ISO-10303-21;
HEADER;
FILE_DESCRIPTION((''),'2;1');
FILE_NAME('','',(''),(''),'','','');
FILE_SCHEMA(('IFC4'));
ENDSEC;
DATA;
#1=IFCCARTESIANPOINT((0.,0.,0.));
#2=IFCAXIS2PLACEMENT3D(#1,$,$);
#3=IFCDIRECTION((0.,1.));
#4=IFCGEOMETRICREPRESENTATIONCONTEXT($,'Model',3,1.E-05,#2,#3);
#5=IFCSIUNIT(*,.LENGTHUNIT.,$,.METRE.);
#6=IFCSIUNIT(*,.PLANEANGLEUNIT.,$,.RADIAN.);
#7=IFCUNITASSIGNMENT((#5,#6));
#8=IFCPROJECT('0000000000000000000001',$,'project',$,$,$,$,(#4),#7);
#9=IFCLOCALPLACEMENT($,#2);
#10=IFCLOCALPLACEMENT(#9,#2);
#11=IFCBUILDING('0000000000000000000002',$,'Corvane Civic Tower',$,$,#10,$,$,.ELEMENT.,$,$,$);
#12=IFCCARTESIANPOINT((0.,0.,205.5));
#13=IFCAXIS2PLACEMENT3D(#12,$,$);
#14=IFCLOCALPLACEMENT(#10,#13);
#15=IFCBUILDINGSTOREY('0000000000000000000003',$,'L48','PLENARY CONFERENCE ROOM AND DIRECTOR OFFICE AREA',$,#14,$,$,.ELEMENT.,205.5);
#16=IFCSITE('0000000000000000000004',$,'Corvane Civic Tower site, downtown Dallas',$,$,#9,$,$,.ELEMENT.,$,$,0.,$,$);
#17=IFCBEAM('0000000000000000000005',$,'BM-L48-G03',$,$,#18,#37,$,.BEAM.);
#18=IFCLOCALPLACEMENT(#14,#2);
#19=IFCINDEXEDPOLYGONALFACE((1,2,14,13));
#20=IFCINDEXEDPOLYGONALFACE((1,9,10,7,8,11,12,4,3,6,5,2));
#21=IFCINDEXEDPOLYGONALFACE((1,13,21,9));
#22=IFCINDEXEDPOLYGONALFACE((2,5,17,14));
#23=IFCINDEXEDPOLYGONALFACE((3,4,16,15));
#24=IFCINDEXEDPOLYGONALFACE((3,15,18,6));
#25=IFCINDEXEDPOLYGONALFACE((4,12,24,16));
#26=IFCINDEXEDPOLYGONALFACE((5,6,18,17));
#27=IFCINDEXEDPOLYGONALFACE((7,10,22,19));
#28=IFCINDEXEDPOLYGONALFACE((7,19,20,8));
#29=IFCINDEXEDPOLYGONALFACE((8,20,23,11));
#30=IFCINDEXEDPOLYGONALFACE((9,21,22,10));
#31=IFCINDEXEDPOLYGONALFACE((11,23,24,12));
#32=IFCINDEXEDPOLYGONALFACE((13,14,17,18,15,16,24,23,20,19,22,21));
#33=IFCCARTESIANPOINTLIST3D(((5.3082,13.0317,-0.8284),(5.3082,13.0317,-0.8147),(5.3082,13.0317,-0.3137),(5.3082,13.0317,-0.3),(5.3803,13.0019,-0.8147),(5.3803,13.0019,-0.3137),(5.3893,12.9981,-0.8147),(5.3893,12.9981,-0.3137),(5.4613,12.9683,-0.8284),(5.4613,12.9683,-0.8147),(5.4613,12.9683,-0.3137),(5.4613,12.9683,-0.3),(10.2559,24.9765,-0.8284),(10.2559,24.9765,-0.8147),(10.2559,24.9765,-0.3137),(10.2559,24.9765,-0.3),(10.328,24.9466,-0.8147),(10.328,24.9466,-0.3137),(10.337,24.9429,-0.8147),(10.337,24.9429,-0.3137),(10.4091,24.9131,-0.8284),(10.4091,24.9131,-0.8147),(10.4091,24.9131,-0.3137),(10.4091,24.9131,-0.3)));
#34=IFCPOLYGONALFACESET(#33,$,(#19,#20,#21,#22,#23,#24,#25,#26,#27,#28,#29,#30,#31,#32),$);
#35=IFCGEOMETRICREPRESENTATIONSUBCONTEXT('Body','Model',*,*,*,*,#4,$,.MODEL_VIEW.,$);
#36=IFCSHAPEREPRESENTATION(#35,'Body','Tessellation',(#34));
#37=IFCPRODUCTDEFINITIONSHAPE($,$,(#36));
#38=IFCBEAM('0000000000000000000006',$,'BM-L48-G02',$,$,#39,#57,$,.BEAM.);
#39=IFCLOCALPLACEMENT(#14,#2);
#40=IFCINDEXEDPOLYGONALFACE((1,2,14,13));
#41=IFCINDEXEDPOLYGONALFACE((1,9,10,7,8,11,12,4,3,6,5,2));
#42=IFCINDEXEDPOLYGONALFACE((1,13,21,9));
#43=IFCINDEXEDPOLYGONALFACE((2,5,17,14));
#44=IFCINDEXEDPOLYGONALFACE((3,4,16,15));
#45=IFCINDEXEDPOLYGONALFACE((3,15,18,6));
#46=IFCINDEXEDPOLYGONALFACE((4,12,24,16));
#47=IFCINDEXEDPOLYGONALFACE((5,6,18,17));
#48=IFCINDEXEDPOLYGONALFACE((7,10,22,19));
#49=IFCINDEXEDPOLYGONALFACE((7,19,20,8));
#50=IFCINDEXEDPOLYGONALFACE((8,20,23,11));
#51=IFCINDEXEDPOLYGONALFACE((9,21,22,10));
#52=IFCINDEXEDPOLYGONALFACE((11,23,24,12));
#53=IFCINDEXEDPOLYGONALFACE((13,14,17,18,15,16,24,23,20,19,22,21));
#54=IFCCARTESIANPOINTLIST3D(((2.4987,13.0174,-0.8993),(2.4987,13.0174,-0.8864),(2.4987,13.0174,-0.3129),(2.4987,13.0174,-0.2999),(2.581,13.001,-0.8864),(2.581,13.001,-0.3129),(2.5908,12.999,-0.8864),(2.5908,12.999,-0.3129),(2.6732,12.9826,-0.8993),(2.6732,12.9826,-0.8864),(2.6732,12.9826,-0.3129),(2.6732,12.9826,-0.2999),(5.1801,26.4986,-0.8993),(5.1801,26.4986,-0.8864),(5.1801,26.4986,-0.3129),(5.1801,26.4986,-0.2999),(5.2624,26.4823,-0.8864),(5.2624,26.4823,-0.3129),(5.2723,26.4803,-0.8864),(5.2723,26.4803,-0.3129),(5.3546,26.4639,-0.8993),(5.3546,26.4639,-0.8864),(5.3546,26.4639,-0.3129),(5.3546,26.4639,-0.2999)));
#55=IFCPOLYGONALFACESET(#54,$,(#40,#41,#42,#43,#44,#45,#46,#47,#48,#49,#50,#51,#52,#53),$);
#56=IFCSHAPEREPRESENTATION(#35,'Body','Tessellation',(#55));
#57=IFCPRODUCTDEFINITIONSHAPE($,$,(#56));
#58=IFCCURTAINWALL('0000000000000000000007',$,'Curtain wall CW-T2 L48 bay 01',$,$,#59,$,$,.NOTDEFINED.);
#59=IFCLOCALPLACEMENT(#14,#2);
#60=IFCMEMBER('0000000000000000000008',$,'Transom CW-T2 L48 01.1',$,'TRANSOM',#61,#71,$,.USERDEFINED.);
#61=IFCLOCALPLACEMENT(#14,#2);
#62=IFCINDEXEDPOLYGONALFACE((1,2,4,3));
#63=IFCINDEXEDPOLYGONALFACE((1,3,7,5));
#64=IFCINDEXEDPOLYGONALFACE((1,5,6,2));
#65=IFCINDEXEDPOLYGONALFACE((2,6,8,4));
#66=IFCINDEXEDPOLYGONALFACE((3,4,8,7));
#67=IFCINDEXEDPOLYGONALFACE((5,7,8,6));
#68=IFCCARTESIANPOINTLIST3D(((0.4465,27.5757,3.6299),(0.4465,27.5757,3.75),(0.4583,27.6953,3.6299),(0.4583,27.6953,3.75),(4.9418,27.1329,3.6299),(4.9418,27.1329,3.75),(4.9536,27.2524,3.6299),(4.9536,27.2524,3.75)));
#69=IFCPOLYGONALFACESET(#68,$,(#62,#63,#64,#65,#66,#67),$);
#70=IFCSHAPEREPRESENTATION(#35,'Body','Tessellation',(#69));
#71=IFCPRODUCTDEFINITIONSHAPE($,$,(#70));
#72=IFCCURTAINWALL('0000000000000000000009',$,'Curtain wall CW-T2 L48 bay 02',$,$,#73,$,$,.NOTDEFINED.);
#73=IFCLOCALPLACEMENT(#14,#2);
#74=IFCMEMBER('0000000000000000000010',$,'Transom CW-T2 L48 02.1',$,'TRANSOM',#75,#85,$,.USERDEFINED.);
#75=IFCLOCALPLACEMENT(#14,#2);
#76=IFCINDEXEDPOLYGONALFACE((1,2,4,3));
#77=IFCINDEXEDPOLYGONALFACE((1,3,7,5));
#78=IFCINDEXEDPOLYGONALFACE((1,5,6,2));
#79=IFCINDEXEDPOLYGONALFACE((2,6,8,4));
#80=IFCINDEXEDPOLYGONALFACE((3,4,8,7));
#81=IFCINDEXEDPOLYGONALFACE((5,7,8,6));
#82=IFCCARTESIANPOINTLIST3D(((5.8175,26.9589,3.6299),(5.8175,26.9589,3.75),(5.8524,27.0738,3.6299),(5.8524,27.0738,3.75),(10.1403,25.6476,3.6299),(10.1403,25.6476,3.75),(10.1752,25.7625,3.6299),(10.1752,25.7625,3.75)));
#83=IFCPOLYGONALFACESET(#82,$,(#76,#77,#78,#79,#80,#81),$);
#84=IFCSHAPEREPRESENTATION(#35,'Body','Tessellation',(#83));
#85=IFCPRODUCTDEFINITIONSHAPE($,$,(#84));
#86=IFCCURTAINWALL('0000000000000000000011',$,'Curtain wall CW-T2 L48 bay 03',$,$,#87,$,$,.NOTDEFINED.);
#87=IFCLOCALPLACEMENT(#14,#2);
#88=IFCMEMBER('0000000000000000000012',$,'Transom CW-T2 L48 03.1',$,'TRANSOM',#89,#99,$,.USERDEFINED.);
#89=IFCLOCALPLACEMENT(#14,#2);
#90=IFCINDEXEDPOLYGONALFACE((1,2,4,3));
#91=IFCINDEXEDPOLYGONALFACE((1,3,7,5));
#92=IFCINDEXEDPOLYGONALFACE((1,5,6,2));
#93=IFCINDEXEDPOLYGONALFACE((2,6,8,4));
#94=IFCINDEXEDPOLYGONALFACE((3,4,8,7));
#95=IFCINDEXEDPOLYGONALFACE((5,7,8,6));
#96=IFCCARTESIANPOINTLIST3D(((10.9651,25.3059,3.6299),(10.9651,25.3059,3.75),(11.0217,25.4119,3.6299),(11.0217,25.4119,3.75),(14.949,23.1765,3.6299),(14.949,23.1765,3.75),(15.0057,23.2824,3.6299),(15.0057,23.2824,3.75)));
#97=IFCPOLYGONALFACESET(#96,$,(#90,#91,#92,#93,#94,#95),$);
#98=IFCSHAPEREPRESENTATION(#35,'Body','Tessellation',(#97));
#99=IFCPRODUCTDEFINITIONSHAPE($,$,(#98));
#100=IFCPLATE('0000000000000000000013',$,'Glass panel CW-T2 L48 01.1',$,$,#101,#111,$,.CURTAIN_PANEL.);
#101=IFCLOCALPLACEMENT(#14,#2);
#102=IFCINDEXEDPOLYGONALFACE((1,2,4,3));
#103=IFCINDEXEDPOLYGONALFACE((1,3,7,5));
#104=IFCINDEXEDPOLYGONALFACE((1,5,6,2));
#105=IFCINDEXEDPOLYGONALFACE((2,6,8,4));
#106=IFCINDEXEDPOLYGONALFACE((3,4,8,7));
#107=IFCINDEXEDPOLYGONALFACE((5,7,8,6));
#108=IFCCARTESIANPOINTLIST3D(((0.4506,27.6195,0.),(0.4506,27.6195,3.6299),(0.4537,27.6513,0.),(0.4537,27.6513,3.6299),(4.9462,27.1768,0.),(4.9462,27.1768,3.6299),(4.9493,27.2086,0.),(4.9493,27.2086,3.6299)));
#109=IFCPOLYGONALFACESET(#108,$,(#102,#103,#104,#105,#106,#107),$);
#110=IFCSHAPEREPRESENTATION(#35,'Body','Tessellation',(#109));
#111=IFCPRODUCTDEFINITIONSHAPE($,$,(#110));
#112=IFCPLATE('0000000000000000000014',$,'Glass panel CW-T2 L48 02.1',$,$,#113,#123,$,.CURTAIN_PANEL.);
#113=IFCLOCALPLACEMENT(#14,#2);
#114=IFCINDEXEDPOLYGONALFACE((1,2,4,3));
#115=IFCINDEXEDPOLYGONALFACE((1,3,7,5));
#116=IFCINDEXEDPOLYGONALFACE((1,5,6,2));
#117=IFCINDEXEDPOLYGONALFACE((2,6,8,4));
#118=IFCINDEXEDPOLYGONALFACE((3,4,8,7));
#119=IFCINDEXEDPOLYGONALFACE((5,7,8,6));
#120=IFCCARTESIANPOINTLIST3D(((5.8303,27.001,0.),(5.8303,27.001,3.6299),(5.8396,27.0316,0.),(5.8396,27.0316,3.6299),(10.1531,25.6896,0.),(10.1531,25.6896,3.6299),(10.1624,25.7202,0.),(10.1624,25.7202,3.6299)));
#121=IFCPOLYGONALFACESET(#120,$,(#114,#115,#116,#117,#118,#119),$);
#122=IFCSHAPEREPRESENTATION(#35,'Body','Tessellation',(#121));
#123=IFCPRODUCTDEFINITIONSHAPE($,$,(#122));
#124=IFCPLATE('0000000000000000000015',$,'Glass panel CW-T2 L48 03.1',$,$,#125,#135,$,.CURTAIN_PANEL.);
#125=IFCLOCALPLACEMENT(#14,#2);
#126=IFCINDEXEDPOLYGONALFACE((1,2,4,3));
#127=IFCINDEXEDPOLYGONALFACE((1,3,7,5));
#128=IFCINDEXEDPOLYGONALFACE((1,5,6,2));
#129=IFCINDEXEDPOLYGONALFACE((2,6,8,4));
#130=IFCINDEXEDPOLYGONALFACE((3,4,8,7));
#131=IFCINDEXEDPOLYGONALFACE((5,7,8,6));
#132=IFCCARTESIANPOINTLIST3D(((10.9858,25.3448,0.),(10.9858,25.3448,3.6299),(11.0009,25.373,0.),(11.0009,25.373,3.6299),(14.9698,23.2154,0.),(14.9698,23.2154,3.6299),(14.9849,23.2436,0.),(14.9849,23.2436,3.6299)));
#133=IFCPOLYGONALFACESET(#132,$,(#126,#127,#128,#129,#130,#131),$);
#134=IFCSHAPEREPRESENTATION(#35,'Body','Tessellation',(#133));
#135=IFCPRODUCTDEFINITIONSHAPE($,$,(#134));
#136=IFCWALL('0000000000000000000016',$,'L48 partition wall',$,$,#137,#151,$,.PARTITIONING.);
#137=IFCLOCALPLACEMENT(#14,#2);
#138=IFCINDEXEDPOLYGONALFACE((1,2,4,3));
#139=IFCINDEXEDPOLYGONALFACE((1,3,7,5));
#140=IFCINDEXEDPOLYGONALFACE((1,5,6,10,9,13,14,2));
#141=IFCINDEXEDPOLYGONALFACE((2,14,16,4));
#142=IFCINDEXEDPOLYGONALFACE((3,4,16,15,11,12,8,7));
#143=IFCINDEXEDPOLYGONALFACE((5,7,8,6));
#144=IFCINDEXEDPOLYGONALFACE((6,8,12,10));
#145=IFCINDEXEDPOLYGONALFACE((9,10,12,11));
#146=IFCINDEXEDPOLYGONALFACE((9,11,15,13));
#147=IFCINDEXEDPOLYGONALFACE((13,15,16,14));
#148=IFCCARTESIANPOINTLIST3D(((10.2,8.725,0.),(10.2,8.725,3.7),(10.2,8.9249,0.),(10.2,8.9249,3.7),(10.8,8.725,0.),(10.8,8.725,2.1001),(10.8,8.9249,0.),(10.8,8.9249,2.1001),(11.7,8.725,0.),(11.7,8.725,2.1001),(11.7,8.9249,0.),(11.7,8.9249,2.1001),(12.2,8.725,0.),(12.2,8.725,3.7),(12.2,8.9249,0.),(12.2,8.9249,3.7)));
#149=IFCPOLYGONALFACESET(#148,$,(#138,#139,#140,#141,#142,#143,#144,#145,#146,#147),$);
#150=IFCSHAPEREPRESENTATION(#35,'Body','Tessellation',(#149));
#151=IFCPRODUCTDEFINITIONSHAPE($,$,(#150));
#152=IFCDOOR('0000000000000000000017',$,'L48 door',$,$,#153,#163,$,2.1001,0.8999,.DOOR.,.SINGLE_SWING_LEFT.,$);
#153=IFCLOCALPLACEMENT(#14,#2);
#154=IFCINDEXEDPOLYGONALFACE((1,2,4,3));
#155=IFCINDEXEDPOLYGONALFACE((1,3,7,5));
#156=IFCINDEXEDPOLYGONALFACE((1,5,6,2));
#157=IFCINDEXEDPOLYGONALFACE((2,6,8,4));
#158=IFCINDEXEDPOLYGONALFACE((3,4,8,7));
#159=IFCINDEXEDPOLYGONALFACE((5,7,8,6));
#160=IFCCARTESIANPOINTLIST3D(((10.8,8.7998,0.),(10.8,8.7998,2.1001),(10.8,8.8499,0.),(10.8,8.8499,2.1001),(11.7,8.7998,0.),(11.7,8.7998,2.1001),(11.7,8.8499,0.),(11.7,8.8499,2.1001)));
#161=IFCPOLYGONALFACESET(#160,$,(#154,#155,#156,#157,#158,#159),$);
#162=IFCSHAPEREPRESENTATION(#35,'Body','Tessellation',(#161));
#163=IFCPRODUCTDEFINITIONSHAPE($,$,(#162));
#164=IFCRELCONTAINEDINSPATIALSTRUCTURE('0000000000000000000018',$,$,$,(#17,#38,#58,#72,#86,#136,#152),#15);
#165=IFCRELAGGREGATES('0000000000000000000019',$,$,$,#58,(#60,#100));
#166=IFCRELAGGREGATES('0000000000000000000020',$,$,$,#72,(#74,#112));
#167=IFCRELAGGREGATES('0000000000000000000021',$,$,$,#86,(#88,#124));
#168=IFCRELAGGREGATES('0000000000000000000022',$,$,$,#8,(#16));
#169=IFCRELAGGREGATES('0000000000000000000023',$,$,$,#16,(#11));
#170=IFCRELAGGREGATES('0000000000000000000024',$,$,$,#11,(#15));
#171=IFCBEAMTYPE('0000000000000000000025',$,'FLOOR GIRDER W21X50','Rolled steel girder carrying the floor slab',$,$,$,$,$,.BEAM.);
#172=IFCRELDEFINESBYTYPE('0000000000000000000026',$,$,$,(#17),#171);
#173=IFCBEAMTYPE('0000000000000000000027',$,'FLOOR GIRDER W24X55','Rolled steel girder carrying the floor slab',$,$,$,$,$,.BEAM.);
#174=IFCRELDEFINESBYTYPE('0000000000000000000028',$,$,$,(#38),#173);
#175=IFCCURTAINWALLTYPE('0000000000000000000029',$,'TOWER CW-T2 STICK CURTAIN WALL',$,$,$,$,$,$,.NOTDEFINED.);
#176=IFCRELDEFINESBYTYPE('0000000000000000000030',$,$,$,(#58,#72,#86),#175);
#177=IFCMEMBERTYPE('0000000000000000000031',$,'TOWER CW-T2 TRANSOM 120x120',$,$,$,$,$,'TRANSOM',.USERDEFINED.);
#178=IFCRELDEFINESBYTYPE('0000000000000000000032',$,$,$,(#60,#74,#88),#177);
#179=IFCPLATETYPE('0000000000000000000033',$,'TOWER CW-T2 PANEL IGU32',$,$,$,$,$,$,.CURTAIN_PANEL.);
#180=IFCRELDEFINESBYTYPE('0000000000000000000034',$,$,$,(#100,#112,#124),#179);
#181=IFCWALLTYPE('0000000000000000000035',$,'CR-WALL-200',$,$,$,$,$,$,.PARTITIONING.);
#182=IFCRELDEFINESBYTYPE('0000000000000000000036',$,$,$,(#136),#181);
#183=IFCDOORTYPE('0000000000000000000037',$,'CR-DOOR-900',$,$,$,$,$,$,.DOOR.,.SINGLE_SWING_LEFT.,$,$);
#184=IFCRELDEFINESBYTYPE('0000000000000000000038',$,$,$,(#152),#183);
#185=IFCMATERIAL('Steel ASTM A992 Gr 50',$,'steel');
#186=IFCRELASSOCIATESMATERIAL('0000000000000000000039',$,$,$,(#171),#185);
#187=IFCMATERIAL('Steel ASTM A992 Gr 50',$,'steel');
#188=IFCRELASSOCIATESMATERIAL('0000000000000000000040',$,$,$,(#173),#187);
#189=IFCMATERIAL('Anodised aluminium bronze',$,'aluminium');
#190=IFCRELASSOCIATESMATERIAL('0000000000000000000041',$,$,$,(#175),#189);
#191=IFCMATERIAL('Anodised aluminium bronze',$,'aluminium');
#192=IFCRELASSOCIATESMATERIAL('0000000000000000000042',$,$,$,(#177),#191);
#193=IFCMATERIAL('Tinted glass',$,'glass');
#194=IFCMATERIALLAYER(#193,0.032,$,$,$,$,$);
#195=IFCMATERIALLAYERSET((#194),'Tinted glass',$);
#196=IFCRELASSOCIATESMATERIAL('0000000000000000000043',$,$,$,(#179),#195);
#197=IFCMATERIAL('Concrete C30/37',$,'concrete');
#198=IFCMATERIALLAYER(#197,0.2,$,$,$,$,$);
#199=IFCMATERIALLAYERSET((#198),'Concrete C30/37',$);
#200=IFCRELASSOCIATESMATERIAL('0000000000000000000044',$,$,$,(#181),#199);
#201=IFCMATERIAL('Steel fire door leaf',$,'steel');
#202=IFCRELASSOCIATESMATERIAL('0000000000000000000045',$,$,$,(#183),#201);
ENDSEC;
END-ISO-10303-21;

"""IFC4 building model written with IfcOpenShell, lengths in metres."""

from ifc_helpers import new_model, si_unit, direction, frame, frame_2d, origin, origin_2d, place, context, subcontext, project, spatial, rectangle, i_section, extrude, material, layer, layer_set, material_profile, profile_set, type_object, element, fill, aggregate, save


model = new_model("IFC4")

# Units and contexts
model_context = context("Model", 3, precision=1e-05, world=origin(), true_north=direction((0.0, 1.0)))
body_context = subcontext(model_context, "Body", "Model", "MODEL_VIEW")
ifc_project = project(units=[si_unit("LENGTHUNIT", "METRE"), si_unit("PLANEANGLEUNIT", "RADIAN")], contexts=[model_context])

# Site, building, storey
site_placement = place(None, origin())
site = spatial("IfcSite", under=ifc_project, at=site_placement, Name="Corvane Civic Tower site, downtown Dallas", CompositionType="ELEMENT", RefElevation=0.0)
building_placement = place(site_placement, origin())
building = spatial("IfcBuilding", under=site, at=building_placement, Name="Corvane Civic Tower", CompositionType="ELEMENT")
storey_placement = place(building_placement, frame((0.0, 0.0, 205.5)))
storey = spatial("IfcBuildingStorey", under=building, at=storey_placement, Name="L48", Description="PLENARY CONFERENCE ROOM AND DIRECTOR OFFICE AREA", CompositionType="ELEMENT", Elevation=205.5)

# Beams
ifc_material_1 = material(Name="Steel ASTM A992 Gr 50", Category="steel")
ifc_material_profile_1 = material_profile(ifc_material_1, i_section(OverallWidth=0.1658, OverallDepth=0.5283, WebThickness=0.0098, FlangeThickness=0.0137, at=origin_2d()), Name="W21X50")
ifc_profile_set_1 = profile_set([ifc_material_profile_1], Name="Steel ASTM A992 Gr 50")
beam_type_1 = type_object("IfcBeamType", Name="FLOOR GIRDER W21X50", Description="Rolled steel girder carrying the floor slab", PredefinedType="BEAM", material=ifc_profile_set_1)
beam_1_placement = place(storey_placement, frame((5.3848, 13.0, -0.5642), z_axis=(0.382686, 0.923878, 0.0), x_axis=(-0.923878, 0.382686, 0.0)))
element("IfcBeam", 1, at=beam_1_placement, inside=storey, type_object=beam_type_1, Name="BM-L48-G03", PredefinedType="BEAM", context=body_context, shape_type="SweptSolid", body=[
    extrude(i_section(OverallWidth=0.1658, OverallDepth=0.5283, WebThickness=0.0098, FlangeThickness=0.0137, at=origin_2d()), origin(), (0.0, 0.0, 1.0), 12.929),
])
ifc_material_2 = material(Name="Steel ASTM A992 Gr 50", Category="steel")
ifc_material_profile_2 = material_profile(ifc_material_2, i_section(OverallWidth=0.178, OverallDepth=0.5994, WebThickness=0.01, FlangeThickness=0.0129, at=origin_2d()), Name="W24X55")
ifc_profile_set_2 = profile_set([ifc_material_profile_2], Name="Steel ASTM A992 Gr 50")
beam_type_2 = type_object("IfcBeamType", Name="FLOOR GIRDER W24X55", Description="Rolled steel girder carrying the floor slab", PredefinedType="BEAM", material=ifc_profile_set_2)
beam_2_placement = place(storey_placement, frame((2.5859, 13.0, -0.5996), z_axis=(0.195078, 0.980788, 0.0), x_axis=(-0.980788, 0.195078, 0.0)))
element("IfcBeam", 2, at=beam_2_placement, inside=storey, type_object=beam_type_2, Name="BM-L48-G02", PredefinedType="BEAM", context=body_context, shape_type="SweptSolid", body=[
    extrude(i_section(OverallWidth=0.178, OverallDepth=0.5994, WebThickness=0.01, FlangeThickness=0.0129, at=origin_2d()), origin(), (0.0, 0.0, 1.0), 13.7454),
])

# Curtain walls, members
ifc_material_3 = material(Name="Anodised aluminium bronze", Category="aluminium")
curtain_wall_type = type_object("IfcCurtainWallType", Name="TOWER CW-T2 STICK CURTAIN WALL", PredefinedType="NOTDEFINED", material=ifc_material_3)
curtain_wall_1_placement = place(storey_placement, origin())
curtain_wall_1 = element("IfcCurtainWall", 3, at=curtain_wall_1_placement, inside=storey, type_object=curtain_wall_type, Name="Curtain wall CW-T2 L48 bay 01", PredefinedType="NOTDEFINED")
ifc_material_4 = material(Name="Anodised aluminium bronze", Category="aluminium")
ifc_material_profile_3 = material_profile(ifc_material_4, rectangle(XDim=0.1201, YDim=0.1201, at=origin_2d()), Name="TOWER CW-T2 TRANSOM 120x120")
ifc_profile_set_3 = profile_set([ifc_material_profile_3], Name="Anodised aluminium bronze")
member_type = type_object("IfcMemberType", Name="TOWER CW-T2 TRANSOM 120x120", ElementType="TRANSOM", PredefinedType="USERDEFINED", material=ifc_profile_set_3)
member_1_placement = place(storey_placement, frame((0.4524, 27.6355, 3.6899), z_axis=(0.995182, -0.098043, 0.0), x_axis=(0.098043, 0.995182, 0.0)))
member_1 = element("IfcMember", 4, at=member_1_placement, type_object=member_type, Name="Transom CW-T2 L48 01.1", ObjectType="TRANSOM", PredefinedType="USERDEFINED", context=body_context, shape_type="SweptSolid", body=[
    extrude(rectangle(XDim=0.1201, YDim=0.1201, at=origin_2d()), origin(), (0.0, 0.0, 1.0), 4.5171),
])
curtain_wall_2_placement = place(storey_placement, origin())
curtain_wall_2 = element("IfcCurtainWall", 5, at=curtain_wall_2_placement, inside=storey, type_object=curtain_wall_type, Name="Curtain wall CW-T2 L48 bay 02", PredefinedType="NOTDEFINED")
member_2_placement = place(storey_placement, frame((5.835, 27.0164, 3.6899), z_axis=(0.956941, -0.290282, 0.0), x_axis=(0.290282, 0.956941, 0.0)))
member_2 = element("IfcMember", 6, at=member_2_placement, type_object=member_type, Name="Transom CW-T2 L48 02.1", ObjectType="TRANSOM", PredefinedType="USERDEFINED", context=body_context, shape_type="SweptSolid", body=[
    extrude(rectangle(XDim=0.1201, YDim=0.1201, at=origin_2d()), origin(), (0.0, 0.0, 1.0), 4.5173),
])
curtain_wall_3_placement = place(storey_placement, origin())
curtain_wall_3 = element("IfcCurtainWall", 7, at=curtain_wall_3_placement, inside=storey, type_object=curtain_wall_type, Name="Curtain wall CW-T2 L48 bay 03", PredefinedType="NOTDEFINED")
member_3_placement = place(storey_placement, frame((10.9934, 25.3589, 3.6899), z_axis=(0.881925, -0.47139, 0.0), x_axis=(0.47139, 0.881925, 0.0)))
member_3 = element("IfcMember", 8, at=member_3_placement, type_object=member_type, Name="Transom CW-T2 L48 03.1", ObjectType="TRANSOM", PredefinedType="USERDEFINED", context=body_context, shape_type="SweptSolid", body=[
    extrude(rectangle(XDim=0.1201, YDim=0.1201, at=origin_2d()), origin(), (0.0, 0.0, 1.0), 4.5173),
])

# Plates
ifc_material_5 = material(Name="Tinted glass", Category="glass")
ifc_layer_1 = layer(ifc_material_5, 0.032)
ifc_layer_set_1 = layer_set([ifc_layer_1], Name="Tinted glass")
plate_type = type_object("IfcPlateType", Name="TOWER CW-T2 PANEL IGU32", PredefinedType="CURTAIN_PANEL", material=ifc_layer_set_1)
plate_1_placement = place(storey_placement, frame((2.7, 27.4141, 0.0), z_axis=(0.0, 0.0, 1.0), x_axis=(0.995187, -0.097993, 0.0)))
plate_1 = element("IfcPlate", 9, at=plate_1_placement, type_object=plate_type, Name="Glass panel CW-T2 L48 01.1", PredefinedType="CURTAIN_PANEL", context=body_context, shape_type="SweptSolid", body=[
    extrude(rectangle(XDim=4.5173, YDim=0.032, at=origin_2d()), origin(), (0.0, 0.0, 1.0), 3.6299),
])
aggregate(curtain_wall_1, [member_1, plate_1])
plate_2_placement = place(storey_placement, frame((7.9963, 26.3606, 0.0), z_axis=(0.0, 0.0, 1.0), x_axis=(0.956939, -0.29029, 0.0)))
plate_2 = element("IfcPlate", 10, at=plate_2_placement, type_object=plate_type, Name="Glass panel CW-T2 L48 02.1", PredefinedType="CURTAIN_PANEL", context=body_context, shape_type="SweptSolid", body=[
    extrude(rectangle(XDim=4.5173, YDim=0.032, at=origin_2d()), origin(), (0.0, 0.0, 1.0), 3.6299),
])
aggregate(curtain_wall_2, [member_2, plate_2])
plate_3_placement = place(storey_placement, frame((12.9854, 24.2942, 0.0), z_axis=(0.0, 0.0, 1.0), x_axis=(0.88192, -0.471398, 0.0)))
plate_3 = element("IfcPlate", 11, at=plate_3_placement, type_object=plate_type, Name="Glass panel CW-T2 L48 03.1", PredefinedType="CURTAIN_PANEL", context=body_context, shape_type="SweptSolid", body=[
    extrude(rectangle(XDim=4.5173, YDim=0.032, at=origin_2d()), origin(), (0.0, 0.0, 1.0), 3.6299),
])
aggregate(curtain_wall_3, [member_3, plate_3])

# Wall, opening, door
ifc_material_6 = material(Name="Concrete C30/37", Category="concrete")
ifc_layer_2 = layer(ifc_material_6, 0.2)
ifc_layer_set_2 = layer_set([ifc_layer_2], Name="Concrete C30/37")
wall_type = type_object("IfcWallType", Name="CR-WALL-200", PredefinedType="PARTITIONING", material=ifc_layer_set_2)
wall_1_placement = place(storey_placement, frame((10.2, 8.825, 0.0), z_axis=(0.0, 0.0, 1.0), x_axis=(1.0, 0.0, 0.0)))
wall_1 = element("IfcWall", 12, at=wall_1_placement, inside=storey, type_object=wall_type, Name="L48 partition wall", PredefinedType="PARTITIONING", context=body_context, shape_type="SweptSolid", body=[
    extrude(rectangle(XDim=2.0, YDim=0.2, at=frame_2d((1.0, 0.0))), origin(), (0.0, 0.0, 1.0), 3.7),
])
opening_1_placement = place(wall_1_placement, frame((0.6001, 0.0, 0.0)))
opening_1 = element("IfcOpeningElement", 13, at=opening_1_placement, cuts=wall_1, PredefinedType="OPENING", context=body_context, shape_type="SweptSolid", body=[
    extrude(rectangle(XDim=0.8999, YDim=2.1001, at=frame_2d((0.45, 1.05))), frame((0.0, 0.1099, 0.0), z_axis=(0.0, -1.0, 0.0), x_axis=(1.0, 0.0, 0.0)), (0.0, 0.0, 1.0), 0.22),
])
ifc_material_7 = material(Name="Steel fire door leaf", Category="steel")
door_type = type_object("IfcDoorType", Name="CR-DOOR-900", OperationType="SINGLE_SWING_LEFT", PredefinedType="DOOR", material=ifc_material_7)
door_1_placement = place(opening_1_placement, origin())
door_1 = element("IfcDoor", 14, at=door_1_placement, inside=storey, type_object=door_type, Name="L48 door", OperationType="SINGLE_SWING_LEFT", OverallHeight=2.1001, OverallWidth=0.8999, PredefinedType="DOOR", context=body_context, shape_type="SweptSolid", body=[
    extrude(rectangle(XDim=0.8999, YDim=2.1001, at=frame_2d((0.45, 1.05))), frame((0.0, 0.0249, 0.0), z_axis=(0.0, -1.0, 0.0), x_axis=(1.0, 0.0, 0.0)), (0.0, 0.0, 1.0), 0.05),
])
fill(opening_1, door_1)

save(model, "model.ifc")
